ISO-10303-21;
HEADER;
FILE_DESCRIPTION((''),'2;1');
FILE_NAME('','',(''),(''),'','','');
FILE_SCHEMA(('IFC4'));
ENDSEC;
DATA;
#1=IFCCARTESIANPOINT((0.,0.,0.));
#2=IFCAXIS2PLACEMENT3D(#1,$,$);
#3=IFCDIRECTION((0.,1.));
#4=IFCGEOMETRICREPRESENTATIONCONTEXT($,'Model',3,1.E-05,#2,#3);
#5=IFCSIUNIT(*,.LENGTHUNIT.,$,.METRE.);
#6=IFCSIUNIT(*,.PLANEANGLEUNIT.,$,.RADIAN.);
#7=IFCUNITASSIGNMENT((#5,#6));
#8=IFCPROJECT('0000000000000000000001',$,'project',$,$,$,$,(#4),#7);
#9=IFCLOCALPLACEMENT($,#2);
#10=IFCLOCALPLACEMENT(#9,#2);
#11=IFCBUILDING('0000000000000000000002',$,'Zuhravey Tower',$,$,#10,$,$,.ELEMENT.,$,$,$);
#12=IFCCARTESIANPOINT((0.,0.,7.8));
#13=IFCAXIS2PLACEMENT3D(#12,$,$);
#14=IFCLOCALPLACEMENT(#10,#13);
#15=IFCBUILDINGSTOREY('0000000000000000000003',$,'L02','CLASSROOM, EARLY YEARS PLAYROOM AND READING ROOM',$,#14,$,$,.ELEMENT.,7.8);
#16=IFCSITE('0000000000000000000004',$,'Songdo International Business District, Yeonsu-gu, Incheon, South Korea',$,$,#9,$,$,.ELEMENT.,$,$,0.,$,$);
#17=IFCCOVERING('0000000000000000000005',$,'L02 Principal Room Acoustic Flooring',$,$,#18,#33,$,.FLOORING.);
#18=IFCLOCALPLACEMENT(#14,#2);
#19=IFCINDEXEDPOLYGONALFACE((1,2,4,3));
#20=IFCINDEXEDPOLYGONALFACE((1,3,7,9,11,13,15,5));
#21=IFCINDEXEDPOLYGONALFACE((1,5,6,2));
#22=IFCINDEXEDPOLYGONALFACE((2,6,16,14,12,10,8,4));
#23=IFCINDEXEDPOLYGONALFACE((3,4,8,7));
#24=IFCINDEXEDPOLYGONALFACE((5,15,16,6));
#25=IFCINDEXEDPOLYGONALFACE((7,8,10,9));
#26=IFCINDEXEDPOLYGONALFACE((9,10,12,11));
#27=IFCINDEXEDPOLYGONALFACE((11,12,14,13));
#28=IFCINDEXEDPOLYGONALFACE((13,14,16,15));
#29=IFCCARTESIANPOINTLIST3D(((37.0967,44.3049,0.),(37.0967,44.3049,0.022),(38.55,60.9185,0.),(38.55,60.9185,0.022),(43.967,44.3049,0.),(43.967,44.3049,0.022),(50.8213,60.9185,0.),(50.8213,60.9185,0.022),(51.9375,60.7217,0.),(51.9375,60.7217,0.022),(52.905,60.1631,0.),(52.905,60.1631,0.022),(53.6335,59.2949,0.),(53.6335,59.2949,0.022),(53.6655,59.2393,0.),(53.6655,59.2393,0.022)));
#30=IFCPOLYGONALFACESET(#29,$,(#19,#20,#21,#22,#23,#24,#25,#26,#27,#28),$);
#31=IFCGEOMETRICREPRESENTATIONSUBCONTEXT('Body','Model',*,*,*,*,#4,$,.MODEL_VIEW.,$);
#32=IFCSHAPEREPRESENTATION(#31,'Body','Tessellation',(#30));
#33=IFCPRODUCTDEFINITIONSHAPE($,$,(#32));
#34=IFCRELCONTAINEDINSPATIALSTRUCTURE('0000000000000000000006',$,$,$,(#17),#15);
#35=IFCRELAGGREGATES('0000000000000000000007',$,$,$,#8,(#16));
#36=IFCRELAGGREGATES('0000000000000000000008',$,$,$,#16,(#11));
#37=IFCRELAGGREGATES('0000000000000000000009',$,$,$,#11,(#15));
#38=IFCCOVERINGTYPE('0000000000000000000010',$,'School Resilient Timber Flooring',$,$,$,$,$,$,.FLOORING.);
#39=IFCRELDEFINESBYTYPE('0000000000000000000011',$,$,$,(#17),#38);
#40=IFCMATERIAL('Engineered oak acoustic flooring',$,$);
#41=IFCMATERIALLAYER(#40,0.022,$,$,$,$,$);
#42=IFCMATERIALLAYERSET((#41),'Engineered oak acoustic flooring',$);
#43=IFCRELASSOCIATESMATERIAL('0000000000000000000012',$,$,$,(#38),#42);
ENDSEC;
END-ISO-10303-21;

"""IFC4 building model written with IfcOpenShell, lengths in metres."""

from ifc_helpers import new_model, si_unit, direction, frame, origin, place, context, subcontext, project, spatial, polyline, outline, extrude, material, layer, layer_set, type_object, element, save


model = new_model("IFC4")

# Units and contexts
model_context = context("Model", 3, precision=1e-05, world=origin(), true_north=direction((0.0, 1.0)))
body_context = subcontext(model_context, "Body", "Model", "MODEL_VIEW")
ifc_project = project(units=[si_unit("LENGTHUNIT", "METRE"), si_unit("PLANEANGLEUNIT", "RADIAN")], contexts=[model_context])

# Site, building, storey
site_placement = place(None, origin())
site = spatial("IfcSite", under=ifc_project, at=site_placement, Name="Songdo International Business District, Yeonsu-gu, Incheon, South Korea", CompositionType="ELEMENT", RefElevation=0.0)
building_placement = place(site_placement, origin())
building = spatial("IfcBuilding", under=site, at=building_placement, Name="Zuhravey Tower", CompositionType="ELEMENT")
storey_placement = place(building_placement, frame((0.0, 0.0, 7.8)))
storey = spatial("IfcBuildingStorey", under=building, at=storey_placement, Name="L02", Description="CLASSROOM, EARLY YEARS PLAYROOM AND READING ROOM", CompositionType="ELEMENT", Elevation=7.8)

# Covering
ifc_material_1 = material(Name="Engineered oak acoustic flooring")
ifc_layer_1 = layer(ifc_material_1, 0.022)
ifc_layer_set_1 = layer_set([ifc_layer_1], Name="Engineered oak acoustic flooring")
covering_type_1 = type_object("IfcCoveringType", Name="School Resilient Timber Flooring", PredefinedType="FLOORING", material=ifc_layer_set_1)
covering_1_placement = place(storey_placement, origin())
element("IfcCovering", 1, at=covering_1_placement, inside=storey, type_object=covering_type_1, Name="L02 Principal Room Acoustic Flooring", PredefinedType="FLOORING", context=body_context, shape_type="SweptSolid", body=[
    extrude(outline(polyline([(52.905, 60.1631), (53.6335, 59.2949), (53.6655, 59.2393), (43.967, 44.3049), (37.0967, 44.3049), (38.55, 60.9185), (50.8213, 60.9185), (51.9375, 60.7217), (52.905, 60.1631)])), origin(), (0.0, 0.0, 1.0), 0.022),
])

save(model, "model.ifc")
